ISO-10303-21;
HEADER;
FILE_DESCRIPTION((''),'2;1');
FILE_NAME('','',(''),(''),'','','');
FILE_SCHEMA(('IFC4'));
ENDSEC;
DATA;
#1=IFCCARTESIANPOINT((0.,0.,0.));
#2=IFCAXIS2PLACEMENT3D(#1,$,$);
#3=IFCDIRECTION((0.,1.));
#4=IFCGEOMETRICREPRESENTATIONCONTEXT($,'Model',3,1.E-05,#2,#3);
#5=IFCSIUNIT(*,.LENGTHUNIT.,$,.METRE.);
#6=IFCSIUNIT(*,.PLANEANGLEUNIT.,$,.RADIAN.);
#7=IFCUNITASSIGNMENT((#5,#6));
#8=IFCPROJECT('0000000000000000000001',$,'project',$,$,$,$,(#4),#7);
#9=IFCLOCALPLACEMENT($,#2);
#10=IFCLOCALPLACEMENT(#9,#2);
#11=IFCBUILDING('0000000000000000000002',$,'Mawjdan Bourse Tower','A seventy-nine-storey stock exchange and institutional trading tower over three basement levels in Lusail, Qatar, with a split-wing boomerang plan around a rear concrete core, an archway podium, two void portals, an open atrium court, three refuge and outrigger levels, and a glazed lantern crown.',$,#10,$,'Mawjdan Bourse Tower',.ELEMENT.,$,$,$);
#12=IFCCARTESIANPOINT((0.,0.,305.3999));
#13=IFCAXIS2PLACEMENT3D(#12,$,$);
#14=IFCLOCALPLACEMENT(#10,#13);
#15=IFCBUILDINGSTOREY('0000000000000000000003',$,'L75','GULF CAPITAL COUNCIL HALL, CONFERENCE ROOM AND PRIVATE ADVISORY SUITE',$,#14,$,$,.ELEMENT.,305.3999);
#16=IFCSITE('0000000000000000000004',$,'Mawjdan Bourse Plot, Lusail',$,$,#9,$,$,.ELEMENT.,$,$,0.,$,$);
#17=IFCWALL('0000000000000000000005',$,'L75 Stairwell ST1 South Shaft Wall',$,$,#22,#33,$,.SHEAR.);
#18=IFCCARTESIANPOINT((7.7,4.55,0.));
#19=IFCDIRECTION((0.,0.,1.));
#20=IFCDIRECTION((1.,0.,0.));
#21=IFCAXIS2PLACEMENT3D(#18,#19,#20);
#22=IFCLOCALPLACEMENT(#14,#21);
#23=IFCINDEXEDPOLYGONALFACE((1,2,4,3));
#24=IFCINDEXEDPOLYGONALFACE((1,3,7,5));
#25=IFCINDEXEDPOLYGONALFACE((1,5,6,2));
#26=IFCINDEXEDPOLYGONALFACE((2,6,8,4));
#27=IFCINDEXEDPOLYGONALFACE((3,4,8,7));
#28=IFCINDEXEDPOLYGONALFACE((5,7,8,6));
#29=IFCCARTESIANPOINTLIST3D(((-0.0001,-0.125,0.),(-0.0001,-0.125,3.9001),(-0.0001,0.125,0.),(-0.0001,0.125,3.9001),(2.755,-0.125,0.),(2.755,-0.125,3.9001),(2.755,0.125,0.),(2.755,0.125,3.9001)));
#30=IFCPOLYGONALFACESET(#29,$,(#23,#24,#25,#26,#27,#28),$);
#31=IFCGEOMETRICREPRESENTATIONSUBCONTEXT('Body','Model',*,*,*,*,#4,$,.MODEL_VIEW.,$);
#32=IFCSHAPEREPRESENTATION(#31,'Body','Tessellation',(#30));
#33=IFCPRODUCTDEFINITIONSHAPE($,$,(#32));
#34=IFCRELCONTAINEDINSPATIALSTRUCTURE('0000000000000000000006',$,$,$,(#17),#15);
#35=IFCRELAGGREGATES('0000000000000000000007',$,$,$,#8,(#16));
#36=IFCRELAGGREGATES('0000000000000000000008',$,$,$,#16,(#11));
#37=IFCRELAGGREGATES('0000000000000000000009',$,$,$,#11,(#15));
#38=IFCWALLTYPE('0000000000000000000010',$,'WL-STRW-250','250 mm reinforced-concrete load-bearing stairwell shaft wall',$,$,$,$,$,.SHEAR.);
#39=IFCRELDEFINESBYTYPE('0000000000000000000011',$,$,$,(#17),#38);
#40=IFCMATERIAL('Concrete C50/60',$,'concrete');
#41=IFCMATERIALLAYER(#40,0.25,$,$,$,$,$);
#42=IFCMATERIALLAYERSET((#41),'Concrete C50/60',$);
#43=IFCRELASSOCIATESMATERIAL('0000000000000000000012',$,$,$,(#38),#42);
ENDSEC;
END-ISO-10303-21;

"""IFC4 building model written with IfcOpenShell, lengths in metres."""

from ifc_helpers import new_model, si_unit, direction, frame, frame_2d, origin, place, context, subcontext, project, spatial, rectangle, extrude, material, layer, layer_set, type_object, element, save


model = new_model("IFC4")

# Units and contexts
model_context = context("Model", 3, precision=1e-05, world=origin(), true_north=direction((0.0, 1.0)))
body_context = subcontext(model_context, "Body", "Model", "MODEL_VIEW")
ifc_project = project(units=[si_unit("LENGTHUNIT", "METRE"), si_unit("PLANEANGLEUNIT", "RADIAN")], contexts=[model_context])

# Site, building, storey
site_placement = place(None, origin())
site = spatial("IfcSite", under=ifc_project, at=site_placement, Name="Mawjdan Bourse Plot, Lusail", CompositionType="ELEMENT", RefElevation=0.0)
building_placement = place(site_placement, origin())
building = spatial("IfcBuilding", under=site, at=building_placement, Name="Mawjdan Bourse Tower", Description="A seventy-nine-storey stock exchange and institutional trading tower over three basement levels in Lusail, Qatar, with a split-wing boomerang plan around a rear concrete core, an archway podium, two void portals, an open atrium court, three refuge and outrigger levels, and a glazed lantern crown.", LongName="Mawjdan Bourse Tower", CompositionType="ELEMENT")
storey_placement = place(building_placement, frame((0.0, 0.0, 305.3999)))
storey = spatial("IfcBuildingStorey", under=building, at=storey_placement, Name="L75", Description="GULF CAPITAL COUNCIL HALL, CONFERENCE ROOM AND PRIVATE ADVISORY SUITE", CompositionType="ELEMENT", Elevation=305.3999)

# Shared definitions
ifc_material_1 = material(Name="Concrete C50/60", Category="concrete")

# Wall
ifc_layer_1 = layer(ifc_material_1, 0.25)
ifc_layer_set_1 = layer_set([ifc_layer_1], Name="Concrete C50/60")
wall_type_1 = type_object("IfcWallType", Name="WL-STRW-250", Description="250 mm reinforced-concrete load-bearing stairwell shaft wall", PredefinedType="SHEAR", material=ifc_layer_set_1)
wall_1_placement = place(storey_placement, frame((7.7, 4.55, 0.0), z_axis=(0.0, 0.0, 1.0), x_axis=(1.0, 0.0, 0.0)))
element("IfcWall", 1, at=wall_1_placement, inside=storey, type_object=wall_type_1, Name="L75 Stairwell ST1 South Shaft Wall", PredefinedType="SHEAR", context=body_context, shape_type="SweptSolid", body=[
    extrude(rectangle(XDim=2.7551, YDim=0.25, at=frame_2d((1.3774, 0.0))), origin(), (0.0, 0.0, 1.0), 3.9001),
])

save(model, "model.ifc")
